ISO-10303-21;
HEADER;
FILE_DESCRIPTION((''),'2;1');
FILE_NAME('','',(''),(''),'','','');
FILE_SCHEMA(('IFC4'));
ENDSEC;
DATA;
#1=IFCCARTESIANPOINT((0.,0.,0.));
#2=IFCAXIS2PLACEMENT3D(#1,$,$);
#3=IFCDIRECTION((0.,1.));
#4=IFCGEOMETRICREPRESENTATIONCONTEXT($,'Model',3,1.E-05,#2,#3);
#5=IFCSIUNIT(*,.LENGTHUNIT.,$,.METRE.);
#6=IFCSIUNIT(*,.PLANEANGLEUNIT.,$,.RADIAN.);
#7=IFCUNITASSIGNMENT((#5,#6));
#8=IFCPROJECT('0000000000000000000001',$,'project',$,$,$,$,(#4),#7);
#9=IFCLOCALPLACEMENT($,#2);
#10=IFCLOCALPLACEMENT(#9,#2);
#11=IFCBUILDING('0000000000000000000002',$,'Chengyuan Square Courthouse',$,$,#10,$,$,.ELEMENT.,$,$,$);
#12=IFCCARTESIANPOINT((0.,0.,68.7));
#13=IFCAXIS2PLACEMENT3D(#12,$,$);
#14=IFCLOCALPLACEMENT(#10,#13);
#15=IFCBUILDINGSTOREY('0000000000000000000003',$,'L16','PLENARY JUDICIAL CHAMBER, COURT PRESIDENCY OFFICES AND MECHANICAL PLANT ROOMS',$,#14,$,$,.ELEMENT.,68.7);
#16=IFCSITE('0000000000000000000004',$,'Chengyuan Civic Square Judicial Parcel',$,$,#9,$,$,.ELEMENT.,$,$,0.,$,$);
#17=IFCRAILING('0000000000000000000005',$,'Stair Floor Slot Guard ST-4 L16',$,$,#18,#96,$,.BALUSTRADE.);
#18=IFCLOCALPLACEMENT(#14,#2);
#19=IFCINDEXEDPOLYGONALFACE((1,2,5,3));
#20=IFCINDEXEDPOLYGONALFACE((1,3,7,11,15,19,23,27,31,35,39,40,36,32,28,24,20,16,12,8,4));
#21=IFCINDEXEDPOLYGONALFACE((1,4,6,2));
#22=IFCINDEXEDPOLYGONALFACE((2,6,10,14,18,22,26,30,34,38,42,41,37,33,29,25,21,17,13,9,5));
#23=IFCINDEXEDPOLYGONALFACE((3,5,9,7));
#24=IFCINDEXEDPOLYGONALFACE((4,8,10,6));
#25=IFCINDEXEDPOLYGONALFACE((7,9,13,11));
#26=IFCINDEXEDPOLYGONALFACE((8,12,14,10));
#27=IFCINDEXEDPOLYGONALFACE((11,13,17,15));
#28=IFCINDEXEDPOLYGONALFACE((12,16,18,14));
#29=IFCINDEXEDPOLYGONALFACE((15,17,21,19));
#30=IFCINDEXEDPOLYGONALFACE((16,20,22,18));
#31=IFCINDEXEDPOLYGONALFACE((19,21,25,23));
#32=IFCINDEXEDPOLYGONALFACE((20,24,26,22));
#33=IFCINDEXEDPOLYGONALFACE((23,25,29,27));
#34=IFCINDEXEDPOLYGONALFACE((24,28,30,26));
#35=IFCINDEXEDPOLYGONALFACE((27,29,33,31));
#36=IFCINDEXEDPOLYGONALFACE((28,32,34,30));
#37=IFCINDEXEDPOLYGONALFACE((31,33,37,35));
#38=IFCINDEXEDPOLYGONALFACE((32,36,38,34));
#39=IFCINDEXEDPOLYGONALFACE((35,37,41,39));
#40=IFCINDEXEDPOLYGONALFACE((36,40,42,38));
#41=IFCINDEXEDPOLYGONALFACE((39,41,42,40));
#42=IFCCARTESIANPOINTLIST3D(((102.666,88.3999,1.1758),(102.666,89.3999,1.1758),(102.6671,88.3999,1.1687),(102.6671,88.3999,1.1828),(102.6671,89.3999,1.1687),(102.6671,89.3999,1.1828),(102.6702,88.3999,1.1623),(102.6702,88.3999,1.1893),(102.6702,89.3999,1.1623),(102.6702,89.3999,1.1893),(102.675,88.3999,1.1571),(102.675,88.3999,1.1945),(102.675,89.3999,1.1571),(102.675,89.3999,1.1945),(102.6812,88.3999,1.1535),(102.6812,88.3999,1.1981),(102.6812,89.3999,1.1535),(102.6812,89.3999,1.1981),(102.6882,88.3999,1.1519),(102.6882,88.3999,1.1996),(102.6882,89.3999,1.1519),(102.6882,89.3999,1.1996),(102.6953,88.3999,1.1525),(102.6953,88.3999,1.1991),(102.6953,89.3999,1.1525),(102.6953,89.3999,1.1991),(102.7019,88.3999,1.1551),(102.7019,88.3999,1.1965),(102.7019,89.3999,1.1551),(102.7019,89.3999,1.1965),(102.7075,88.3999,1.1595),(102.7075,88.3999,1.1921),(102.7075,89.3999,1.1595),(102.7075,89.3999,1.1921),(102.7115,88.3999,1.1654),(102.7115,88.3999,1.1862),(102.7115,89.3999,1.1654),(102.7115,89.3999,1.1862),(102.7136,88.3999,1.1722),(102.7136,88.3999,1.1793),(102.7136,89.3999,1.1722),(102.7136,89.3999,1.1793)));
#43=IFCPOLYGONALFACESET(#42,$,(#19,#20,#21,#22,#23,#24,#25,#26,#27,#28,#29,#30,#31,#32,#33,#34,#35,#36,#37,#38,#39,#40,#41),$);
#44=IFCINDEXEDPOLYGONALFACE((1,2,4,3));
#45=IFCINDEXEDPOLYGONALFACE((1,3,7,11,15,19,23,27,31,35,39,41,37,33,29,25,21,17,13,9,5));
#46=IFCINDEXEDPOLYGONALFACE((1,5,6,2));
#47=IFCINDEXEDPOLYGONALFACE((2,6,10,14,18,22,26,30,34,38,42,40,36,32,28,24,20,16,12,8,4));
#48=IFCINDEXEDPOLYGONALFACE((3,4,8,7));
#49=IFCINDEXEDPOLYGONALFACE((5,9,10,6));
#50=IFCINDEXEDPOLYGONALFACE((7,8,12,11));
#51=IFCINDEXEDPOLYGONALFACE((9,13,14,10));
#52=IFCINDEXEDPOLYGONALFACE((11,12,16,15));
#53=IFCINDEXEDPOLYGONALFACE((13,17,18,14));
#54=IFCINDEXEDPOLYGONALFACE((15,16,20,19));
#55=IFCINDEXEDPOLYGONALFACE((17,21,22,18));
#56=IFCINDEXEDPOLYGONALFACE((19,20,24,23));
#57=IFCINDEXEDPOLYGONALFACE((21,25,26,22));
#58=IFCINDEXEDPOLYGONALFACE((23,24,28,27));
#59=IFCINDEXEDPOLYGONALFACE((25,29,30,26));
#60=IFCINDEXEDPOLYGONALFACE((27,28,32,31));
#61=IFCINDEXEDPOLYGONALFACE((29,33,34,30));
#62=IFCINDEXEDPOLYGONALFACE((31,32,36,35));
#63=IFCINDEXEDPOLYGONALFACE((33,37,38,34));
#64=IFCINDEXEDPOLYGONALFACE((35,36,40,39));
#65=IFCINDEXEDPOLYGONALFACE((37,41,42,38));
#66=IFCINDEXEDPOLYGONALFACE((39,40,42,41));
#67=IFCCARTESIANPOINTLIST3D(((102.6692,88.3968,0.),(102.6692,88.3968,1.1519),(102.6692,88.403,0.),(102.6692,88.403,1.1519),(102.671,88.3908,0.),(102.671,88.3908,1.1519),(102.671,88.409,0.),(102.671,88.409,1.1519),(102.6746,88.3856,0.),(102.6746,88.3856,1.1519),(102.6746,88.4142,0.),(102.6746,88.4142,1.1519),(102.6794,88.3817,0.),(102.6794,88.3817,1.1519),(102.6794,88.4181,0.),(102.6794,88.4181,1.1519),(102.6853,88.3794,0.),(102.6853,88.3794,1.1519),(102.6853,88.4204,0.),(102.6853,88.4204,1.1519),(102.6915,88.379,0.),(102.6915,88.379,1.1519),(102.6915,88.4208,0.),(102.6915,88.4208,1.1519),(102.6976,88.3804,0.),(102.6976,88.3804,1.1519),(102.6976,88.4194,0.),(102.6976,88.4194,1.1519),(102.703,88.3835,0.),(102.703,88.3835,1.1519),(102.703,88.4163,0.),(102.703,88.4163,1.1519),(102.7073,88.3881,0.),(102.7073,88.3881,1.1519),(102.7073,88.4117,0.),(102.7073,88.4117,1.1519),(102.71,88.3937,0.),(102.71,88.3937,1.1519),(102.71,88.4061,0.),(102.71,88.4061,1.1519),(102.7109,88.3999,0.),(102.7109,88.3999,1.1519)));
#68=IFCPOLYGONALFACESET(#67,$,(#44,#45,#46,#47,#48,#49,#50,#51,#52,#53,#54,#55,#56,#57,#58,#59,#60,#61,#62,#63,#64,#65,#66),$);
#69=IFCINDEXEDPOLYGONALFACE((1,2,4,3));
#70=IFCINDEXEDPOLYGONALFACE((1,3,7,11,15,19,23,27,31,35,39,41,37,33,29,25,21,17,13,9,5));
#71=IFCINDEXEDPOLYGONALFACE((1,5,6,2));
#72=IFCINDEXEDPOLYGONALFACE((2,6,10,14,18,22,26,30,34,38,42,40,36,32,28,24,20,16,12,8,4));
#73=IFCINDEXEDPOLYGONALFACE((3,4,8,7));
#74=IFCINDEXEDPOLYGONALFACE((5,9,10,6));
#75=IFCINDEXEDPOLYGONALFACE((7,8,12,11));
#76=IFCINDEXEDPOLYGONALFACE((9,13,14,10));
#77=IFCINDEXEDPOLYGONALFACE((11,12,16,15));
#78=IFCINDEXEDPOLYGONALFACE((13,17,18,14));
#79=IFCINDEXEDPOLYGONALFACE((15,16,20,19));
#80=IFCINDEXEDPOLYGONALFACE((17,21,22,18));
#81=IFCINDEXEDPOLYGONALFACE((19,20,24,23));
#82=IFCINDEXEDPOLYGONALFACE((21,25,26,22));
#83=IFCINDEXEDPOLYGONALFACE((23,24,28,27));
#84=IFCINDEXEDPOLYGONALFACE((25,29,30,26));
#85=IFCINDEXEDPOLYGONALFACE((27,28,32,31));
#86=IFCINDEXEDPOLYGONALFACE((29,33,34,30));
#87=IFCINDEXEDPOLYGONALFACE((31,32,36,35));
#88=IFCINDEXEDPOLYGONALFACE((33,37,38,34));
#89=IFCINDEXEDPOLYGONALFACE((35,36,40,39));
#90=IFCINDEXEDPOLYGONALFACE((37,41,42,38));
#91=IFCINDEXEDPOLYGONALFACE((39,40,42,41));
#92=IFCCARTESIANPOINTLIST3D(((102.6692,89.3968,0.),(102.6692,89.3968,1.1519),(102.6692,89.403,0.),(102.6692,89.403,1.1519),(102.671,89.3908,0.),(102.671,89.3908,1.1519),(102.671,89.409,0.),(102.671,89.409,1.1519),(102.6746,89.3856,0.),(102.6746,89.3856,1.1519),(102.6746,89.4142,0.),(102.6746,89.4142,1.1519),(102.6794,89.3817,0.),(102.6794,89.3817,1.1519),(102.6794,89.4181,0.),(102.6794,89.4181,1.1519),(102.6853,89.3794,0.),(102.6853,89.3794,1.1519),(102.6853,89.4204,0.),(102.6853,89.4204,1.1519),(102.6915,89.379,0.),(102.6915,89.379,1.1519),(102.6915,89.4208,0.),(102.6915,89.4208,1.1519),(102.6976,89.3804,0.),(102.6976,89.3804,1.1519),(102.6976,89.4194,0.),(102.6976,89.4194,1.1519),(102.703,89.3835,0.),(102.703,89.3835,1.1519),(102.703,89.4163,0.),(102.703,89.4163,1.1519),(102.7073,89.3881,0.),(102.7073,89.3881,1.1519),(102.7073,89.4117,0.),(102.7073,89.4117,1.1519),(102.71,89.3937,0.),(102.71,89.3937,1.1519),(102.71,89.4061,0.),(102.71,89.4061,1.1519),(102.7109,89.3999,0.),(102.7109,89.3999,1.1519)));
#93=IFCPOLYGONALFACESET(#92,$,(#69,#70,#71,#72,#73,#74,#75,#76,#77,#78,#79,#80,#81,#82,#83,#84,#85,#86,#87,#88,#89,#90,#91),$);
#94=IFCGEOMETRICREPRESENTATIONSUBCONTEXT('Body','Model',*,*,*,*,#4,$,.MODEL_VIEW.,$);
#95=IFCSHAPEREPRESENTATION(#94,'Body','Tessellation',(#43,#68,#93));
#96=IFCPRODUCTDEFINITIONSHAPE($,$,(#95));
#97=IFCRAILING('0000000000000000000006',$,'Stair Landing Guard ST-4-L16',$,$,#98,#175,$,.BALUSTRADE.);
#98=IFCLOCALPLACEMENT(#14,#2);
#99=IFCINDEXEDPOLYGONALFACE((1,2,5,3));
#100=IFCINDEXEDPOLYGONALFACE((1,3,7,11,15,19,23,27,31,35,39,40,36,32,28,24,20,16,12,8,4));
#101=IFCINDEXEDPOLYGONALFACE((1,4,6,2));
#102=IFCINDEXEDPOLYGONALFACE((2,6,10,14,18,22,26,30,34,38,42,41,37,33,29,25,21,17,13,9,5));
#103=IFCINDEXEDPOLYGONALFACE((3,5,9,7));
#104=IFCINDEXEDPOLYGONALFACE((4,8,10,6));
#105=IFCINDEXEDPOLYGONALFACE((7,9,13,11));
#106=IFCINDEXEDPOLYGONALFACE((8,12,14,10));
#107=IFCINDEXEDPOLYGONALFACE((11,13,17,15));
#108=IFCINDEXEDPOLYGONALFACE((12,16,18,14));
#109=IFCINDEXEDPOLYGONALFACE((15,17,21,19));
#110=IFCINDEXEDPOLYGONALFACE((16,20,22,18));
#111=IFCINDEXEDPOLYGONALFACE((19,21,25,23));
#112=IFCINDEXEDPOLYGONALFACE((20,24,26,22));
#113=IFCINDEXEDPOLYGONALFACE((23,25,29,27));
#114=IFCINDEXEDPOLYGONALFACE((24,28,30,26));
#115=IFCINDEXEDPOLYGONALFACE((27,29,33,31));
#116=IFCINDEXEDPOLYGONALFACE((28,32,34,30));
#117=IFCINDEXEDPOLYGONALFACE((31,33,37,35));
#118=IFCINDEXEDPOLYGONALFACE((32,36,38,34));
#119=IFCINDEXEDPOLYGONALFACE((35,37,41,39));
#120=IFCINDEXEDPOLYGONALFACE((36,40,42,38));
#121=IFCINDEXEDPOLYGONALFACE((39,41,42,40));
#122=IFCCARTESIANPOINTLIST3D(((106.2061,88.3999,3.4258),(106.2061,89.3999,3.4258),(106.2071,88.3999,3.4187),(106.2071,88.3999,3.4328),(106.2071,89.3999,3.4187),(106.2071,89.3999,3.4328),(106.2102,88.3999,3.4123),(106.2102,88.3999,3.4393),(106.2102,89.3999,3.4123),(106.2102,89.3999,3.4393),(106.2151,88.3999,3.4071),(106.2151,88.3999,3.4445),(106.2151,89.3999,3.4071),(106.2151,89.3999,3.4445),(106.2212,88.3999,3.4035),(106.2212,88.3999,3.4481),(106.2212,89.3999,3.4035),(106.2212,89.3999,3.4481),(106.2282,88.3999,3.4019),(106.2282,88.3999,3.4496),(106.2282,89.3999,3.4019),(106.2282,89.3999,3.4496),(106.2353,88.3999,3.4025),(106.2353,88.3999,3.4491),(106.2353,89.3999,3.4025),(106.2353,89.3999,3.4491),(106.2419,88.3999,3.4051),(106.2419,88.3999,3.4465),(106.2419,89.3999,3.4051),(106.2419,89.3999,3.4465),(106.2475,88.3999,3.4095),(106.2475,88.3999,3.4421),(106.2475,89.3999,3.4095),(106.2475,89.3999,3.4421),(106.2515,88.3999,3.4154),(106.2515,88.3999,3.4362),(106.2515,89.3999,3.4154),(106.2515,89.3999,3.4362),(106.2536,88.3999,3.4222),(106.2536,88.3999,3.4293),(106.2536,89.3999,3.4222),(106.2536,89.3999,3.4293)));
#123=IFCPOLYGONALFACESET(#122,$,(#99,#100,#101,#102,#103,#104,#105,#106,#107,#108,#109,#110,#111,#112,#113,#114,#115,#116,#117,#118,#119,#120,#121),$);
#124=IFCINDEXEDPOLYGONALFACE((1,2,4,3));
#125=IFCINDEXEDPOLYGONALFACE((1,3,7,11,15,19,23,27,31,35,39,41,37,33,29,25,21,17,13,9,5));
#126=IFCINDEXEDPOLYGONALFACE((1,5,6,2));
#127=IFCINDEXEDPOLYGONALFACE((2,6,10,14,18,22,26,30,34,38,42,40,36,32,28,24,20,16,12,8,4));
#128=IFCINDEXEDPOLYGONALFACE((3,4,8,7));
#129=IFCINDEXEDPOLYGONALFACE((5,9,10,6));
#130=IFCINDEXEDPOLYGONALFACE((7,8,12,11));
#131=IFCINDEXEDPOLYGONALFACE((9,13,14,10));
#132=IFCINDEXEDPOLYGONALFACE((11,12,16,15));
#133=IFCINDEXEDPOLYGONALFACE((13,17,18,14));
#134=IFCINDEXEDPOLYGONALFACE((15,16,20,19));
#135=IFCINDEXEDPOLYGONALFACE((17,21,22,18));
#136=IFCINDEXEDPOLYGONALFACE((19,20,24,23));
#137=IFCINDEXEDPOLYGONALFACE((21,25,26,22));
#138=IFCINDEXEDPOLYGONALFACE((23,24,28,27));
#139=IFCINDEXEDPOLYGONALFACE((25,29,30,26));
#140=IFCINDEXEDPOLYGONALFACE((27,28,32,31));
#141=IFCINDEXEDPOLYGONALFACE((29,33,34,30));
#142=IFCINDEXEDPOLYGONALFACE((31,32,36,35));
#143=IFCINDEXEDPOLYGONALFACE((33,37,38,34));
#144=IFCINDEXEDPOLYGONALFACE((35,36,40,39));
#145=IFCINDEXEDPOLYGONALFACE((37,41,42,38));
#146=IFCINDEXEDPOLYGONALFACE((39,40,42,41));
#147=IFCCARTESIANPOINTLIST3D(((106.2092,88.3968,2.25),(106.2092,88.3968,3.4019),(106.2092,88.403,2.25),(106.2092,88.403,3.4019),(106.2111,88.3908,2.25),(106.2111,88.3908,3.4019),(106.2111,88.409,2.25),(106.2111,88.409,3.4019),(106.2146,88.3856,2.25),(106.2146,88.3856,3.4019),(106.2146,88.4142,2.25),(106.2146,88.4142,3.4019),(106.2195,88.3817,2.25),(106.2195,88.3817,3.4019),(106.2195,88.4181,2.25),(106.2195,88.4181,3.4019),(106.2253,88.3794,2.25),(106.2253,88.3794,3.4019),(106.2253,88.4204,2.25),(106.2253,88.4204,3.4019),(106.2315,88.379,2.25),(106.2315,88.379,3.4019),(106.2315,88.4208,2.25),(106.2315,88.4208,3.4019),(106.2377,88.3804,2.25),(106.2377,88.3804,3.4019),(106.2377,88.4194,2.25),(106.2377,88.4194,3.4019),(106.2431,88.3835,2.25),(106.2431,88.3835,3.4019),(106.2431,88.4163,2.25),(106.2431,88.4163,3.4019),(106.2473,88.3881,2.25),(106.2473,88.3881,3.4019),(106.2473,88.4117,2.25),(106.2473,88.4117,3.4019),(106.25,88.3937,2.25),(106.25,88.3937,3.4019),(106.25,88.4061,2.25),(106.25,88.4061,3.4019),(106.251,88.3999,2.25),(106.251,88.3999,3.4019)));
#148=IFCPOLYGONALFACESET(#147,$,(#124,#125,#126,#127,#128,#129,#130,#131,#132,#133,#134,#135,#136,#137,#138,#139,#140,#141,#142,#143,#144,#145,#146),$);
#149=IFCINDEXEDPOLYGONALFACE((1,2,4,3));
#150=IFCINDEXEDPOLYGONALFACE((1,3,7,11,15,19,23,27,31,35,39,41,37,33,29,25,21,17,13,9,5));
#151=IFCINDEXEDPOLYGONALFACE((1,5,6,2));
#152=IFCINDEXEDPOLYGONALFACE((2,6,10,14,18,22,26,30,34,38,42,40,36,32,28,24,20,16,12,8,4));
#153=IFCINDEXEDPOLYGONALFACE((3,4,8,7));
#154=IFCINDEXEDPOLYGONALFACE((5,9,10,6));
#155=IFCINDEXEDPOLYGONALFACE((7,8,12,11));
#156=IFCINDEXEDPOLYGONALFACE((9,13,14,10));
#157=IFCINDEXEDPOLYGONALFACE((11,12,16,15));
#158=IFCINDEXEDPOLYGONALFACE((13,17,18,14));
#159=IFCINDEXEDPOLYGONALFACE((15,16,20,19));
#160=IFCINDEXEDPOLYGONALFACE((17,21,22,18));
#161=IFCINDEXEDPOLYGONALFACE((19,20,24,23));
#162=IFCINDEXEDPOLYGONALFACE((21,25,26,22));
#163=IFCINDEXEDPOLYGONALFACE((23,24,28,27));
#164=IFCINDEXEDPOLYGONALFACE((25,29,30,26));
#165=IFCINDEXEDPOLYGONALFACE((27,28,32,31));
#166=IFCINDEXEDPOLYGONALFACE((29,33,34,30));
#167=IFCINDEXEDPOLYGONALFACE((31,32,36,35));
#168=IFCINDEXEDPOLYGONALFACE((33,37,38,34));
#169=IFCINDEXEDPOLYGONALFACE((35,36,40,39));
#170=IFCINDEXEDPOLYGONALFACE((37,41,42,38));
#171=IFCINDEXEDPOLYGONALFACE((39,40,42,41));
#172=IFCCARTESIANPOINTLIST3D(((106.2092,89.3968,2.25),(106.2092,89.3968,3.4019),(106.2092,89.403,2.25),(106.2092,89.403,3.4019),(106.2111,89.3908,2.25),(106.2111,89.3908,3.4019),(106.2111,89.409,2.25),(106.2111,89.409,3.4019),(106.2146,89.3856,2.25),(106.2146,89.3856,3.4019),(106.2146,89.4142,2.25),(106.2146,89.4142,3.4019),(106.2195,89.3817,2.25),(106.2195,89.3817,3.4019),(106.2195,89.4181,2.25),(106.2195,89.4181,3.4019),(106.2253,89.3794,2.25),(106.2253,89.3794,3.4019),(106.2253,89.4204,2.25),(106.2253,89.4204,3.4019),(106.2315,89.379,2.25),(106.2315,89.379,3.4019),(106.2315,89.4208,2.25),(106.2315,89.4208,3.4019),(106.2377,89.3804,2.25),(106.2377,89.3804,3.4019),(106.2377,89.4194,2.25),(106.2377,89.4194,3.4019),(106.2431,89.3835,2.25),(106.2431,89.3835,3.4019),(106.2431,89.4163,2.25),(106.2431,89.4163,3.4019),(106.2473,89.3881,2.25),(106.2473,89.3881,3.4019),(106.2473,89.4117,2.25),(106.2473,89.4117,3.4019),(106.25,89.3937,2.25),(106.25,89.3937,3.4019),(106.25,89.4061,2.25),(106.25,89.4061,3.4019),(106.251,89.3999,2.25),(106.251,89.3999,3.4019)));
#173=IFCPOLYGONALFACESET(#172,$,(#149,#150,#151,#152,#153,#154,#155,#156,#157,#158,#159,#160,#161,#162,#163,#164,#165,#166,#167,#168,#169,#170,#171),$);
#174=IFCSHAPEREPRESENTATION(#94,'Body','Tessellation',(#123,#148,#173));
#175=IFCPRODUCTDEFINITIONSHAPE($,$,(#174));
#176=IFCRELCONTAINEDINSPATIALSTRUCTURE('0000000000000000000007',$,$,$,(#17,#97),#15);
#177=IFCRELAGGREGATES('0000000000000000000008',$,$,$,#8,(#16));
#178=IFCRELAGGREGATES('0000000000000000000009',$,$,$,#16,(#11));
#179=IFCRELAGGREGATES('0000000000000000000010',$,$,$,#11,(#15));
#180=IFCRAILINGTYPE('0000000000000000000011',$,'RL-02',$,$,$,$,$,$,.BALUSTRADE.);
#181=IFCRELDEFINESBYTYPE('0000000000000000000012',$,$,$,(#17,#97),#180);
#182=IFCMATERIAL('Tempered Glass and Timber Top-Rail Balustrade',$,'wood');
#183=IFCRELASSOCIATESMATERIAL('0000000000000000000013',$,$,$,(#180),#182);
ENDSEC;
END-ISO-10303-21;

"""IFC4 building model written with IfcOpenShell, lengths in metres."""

from ifc_helpers import new_model, si_unit, direction, frame, origin, origin_2d, place, context, subcontext, project, spatial, circle, extrude, material, type_object, element, save


model = new_model("IFC4")

# Units and contexts
model_context = context("Model", 3, precision=1e-05, world=origin(), true_north=direction((0.0, 1.0)))
body_context = subcontext(model_context, "Body", "Model", "MODEL_VIEW")
ifc_project = project(units=[si_unit("LENGTHUNIT", "METRE"), si_unit("PLANEANGLEUNIT", "RADIAN")], contexts=[model_context])

# Site, building, storey
site_placement = place(None, origin())
site = spatial("IfcSite", under=ifc_project, at=site_placement, Name="Chengyuan Civic Square Judicial Parcel", CompositionType="ELEMENT", RefElevation=0.0)
building_placement = place(site_placement, origin())
building = spatial("IfcBuilding", under=site, at=building_placement, Name="Chengyuan Square Courthouse", CompositionType="ELEMENT")
storey_placement = place(building_placement, frame((0.0, 0.0, 68.7)))
storey = spatial("IfcBuildingStorey", under=building, at=storey_placement, Name="L16", Description="PLENARY JUDICIAL CHAMBER, COURT PRESIDENCY OFFICES AND MECHANICAL PLANT ROOMS", CompositionType="ELEMENT", Elevation=68.7)

# Railings
ifc_material_1 = material(Name="Tempered Glass and Timber Top-Rail Balustrade", Category="wood")
railing_type_1 = type_object("IfcRailingType", Name="RL-02", PredefinedType="BALUSTRADE", material=ifc_material_1)
for number, where, name in (
    (1, (102.6899, 88.3999, 0.0), "Stair Floor Slot Guard ST-4 L16"),
    (2, (106.23, 88.3999, 2.25), "Stair Landing Guard ST-4-L16"),
):
    element("IfcRailing", number, at=place(storey_placement, frame(where)), inside=storey, type_object=railing_type_1, Name=name, PredefinedType="BALUSTRADE", context=body_context, shape_type="SweptSolid", body=[
        extrude(circle(Radius=0.0239, at=origin_2d()), frame((0.0, 0.0, 1.1758), z_axis=(0.0, 1.0, 0.0), x_axis=(-1.0, 0.0, 0.0)), (0.0, 0.0, 1.0), 1.0),
        extrude(circle(Radius=0.021, at=origin_2d()), origin(), (0.0, 0.0, 1.0), 1.1519),
        extrude(circle(Radius=0.021, at=origin_2d()), frame((0.0, 1.0, 0.0)), (0.0, 0.0, 1.0), 1.1519),
    ])

save(model, "model.ifc")
